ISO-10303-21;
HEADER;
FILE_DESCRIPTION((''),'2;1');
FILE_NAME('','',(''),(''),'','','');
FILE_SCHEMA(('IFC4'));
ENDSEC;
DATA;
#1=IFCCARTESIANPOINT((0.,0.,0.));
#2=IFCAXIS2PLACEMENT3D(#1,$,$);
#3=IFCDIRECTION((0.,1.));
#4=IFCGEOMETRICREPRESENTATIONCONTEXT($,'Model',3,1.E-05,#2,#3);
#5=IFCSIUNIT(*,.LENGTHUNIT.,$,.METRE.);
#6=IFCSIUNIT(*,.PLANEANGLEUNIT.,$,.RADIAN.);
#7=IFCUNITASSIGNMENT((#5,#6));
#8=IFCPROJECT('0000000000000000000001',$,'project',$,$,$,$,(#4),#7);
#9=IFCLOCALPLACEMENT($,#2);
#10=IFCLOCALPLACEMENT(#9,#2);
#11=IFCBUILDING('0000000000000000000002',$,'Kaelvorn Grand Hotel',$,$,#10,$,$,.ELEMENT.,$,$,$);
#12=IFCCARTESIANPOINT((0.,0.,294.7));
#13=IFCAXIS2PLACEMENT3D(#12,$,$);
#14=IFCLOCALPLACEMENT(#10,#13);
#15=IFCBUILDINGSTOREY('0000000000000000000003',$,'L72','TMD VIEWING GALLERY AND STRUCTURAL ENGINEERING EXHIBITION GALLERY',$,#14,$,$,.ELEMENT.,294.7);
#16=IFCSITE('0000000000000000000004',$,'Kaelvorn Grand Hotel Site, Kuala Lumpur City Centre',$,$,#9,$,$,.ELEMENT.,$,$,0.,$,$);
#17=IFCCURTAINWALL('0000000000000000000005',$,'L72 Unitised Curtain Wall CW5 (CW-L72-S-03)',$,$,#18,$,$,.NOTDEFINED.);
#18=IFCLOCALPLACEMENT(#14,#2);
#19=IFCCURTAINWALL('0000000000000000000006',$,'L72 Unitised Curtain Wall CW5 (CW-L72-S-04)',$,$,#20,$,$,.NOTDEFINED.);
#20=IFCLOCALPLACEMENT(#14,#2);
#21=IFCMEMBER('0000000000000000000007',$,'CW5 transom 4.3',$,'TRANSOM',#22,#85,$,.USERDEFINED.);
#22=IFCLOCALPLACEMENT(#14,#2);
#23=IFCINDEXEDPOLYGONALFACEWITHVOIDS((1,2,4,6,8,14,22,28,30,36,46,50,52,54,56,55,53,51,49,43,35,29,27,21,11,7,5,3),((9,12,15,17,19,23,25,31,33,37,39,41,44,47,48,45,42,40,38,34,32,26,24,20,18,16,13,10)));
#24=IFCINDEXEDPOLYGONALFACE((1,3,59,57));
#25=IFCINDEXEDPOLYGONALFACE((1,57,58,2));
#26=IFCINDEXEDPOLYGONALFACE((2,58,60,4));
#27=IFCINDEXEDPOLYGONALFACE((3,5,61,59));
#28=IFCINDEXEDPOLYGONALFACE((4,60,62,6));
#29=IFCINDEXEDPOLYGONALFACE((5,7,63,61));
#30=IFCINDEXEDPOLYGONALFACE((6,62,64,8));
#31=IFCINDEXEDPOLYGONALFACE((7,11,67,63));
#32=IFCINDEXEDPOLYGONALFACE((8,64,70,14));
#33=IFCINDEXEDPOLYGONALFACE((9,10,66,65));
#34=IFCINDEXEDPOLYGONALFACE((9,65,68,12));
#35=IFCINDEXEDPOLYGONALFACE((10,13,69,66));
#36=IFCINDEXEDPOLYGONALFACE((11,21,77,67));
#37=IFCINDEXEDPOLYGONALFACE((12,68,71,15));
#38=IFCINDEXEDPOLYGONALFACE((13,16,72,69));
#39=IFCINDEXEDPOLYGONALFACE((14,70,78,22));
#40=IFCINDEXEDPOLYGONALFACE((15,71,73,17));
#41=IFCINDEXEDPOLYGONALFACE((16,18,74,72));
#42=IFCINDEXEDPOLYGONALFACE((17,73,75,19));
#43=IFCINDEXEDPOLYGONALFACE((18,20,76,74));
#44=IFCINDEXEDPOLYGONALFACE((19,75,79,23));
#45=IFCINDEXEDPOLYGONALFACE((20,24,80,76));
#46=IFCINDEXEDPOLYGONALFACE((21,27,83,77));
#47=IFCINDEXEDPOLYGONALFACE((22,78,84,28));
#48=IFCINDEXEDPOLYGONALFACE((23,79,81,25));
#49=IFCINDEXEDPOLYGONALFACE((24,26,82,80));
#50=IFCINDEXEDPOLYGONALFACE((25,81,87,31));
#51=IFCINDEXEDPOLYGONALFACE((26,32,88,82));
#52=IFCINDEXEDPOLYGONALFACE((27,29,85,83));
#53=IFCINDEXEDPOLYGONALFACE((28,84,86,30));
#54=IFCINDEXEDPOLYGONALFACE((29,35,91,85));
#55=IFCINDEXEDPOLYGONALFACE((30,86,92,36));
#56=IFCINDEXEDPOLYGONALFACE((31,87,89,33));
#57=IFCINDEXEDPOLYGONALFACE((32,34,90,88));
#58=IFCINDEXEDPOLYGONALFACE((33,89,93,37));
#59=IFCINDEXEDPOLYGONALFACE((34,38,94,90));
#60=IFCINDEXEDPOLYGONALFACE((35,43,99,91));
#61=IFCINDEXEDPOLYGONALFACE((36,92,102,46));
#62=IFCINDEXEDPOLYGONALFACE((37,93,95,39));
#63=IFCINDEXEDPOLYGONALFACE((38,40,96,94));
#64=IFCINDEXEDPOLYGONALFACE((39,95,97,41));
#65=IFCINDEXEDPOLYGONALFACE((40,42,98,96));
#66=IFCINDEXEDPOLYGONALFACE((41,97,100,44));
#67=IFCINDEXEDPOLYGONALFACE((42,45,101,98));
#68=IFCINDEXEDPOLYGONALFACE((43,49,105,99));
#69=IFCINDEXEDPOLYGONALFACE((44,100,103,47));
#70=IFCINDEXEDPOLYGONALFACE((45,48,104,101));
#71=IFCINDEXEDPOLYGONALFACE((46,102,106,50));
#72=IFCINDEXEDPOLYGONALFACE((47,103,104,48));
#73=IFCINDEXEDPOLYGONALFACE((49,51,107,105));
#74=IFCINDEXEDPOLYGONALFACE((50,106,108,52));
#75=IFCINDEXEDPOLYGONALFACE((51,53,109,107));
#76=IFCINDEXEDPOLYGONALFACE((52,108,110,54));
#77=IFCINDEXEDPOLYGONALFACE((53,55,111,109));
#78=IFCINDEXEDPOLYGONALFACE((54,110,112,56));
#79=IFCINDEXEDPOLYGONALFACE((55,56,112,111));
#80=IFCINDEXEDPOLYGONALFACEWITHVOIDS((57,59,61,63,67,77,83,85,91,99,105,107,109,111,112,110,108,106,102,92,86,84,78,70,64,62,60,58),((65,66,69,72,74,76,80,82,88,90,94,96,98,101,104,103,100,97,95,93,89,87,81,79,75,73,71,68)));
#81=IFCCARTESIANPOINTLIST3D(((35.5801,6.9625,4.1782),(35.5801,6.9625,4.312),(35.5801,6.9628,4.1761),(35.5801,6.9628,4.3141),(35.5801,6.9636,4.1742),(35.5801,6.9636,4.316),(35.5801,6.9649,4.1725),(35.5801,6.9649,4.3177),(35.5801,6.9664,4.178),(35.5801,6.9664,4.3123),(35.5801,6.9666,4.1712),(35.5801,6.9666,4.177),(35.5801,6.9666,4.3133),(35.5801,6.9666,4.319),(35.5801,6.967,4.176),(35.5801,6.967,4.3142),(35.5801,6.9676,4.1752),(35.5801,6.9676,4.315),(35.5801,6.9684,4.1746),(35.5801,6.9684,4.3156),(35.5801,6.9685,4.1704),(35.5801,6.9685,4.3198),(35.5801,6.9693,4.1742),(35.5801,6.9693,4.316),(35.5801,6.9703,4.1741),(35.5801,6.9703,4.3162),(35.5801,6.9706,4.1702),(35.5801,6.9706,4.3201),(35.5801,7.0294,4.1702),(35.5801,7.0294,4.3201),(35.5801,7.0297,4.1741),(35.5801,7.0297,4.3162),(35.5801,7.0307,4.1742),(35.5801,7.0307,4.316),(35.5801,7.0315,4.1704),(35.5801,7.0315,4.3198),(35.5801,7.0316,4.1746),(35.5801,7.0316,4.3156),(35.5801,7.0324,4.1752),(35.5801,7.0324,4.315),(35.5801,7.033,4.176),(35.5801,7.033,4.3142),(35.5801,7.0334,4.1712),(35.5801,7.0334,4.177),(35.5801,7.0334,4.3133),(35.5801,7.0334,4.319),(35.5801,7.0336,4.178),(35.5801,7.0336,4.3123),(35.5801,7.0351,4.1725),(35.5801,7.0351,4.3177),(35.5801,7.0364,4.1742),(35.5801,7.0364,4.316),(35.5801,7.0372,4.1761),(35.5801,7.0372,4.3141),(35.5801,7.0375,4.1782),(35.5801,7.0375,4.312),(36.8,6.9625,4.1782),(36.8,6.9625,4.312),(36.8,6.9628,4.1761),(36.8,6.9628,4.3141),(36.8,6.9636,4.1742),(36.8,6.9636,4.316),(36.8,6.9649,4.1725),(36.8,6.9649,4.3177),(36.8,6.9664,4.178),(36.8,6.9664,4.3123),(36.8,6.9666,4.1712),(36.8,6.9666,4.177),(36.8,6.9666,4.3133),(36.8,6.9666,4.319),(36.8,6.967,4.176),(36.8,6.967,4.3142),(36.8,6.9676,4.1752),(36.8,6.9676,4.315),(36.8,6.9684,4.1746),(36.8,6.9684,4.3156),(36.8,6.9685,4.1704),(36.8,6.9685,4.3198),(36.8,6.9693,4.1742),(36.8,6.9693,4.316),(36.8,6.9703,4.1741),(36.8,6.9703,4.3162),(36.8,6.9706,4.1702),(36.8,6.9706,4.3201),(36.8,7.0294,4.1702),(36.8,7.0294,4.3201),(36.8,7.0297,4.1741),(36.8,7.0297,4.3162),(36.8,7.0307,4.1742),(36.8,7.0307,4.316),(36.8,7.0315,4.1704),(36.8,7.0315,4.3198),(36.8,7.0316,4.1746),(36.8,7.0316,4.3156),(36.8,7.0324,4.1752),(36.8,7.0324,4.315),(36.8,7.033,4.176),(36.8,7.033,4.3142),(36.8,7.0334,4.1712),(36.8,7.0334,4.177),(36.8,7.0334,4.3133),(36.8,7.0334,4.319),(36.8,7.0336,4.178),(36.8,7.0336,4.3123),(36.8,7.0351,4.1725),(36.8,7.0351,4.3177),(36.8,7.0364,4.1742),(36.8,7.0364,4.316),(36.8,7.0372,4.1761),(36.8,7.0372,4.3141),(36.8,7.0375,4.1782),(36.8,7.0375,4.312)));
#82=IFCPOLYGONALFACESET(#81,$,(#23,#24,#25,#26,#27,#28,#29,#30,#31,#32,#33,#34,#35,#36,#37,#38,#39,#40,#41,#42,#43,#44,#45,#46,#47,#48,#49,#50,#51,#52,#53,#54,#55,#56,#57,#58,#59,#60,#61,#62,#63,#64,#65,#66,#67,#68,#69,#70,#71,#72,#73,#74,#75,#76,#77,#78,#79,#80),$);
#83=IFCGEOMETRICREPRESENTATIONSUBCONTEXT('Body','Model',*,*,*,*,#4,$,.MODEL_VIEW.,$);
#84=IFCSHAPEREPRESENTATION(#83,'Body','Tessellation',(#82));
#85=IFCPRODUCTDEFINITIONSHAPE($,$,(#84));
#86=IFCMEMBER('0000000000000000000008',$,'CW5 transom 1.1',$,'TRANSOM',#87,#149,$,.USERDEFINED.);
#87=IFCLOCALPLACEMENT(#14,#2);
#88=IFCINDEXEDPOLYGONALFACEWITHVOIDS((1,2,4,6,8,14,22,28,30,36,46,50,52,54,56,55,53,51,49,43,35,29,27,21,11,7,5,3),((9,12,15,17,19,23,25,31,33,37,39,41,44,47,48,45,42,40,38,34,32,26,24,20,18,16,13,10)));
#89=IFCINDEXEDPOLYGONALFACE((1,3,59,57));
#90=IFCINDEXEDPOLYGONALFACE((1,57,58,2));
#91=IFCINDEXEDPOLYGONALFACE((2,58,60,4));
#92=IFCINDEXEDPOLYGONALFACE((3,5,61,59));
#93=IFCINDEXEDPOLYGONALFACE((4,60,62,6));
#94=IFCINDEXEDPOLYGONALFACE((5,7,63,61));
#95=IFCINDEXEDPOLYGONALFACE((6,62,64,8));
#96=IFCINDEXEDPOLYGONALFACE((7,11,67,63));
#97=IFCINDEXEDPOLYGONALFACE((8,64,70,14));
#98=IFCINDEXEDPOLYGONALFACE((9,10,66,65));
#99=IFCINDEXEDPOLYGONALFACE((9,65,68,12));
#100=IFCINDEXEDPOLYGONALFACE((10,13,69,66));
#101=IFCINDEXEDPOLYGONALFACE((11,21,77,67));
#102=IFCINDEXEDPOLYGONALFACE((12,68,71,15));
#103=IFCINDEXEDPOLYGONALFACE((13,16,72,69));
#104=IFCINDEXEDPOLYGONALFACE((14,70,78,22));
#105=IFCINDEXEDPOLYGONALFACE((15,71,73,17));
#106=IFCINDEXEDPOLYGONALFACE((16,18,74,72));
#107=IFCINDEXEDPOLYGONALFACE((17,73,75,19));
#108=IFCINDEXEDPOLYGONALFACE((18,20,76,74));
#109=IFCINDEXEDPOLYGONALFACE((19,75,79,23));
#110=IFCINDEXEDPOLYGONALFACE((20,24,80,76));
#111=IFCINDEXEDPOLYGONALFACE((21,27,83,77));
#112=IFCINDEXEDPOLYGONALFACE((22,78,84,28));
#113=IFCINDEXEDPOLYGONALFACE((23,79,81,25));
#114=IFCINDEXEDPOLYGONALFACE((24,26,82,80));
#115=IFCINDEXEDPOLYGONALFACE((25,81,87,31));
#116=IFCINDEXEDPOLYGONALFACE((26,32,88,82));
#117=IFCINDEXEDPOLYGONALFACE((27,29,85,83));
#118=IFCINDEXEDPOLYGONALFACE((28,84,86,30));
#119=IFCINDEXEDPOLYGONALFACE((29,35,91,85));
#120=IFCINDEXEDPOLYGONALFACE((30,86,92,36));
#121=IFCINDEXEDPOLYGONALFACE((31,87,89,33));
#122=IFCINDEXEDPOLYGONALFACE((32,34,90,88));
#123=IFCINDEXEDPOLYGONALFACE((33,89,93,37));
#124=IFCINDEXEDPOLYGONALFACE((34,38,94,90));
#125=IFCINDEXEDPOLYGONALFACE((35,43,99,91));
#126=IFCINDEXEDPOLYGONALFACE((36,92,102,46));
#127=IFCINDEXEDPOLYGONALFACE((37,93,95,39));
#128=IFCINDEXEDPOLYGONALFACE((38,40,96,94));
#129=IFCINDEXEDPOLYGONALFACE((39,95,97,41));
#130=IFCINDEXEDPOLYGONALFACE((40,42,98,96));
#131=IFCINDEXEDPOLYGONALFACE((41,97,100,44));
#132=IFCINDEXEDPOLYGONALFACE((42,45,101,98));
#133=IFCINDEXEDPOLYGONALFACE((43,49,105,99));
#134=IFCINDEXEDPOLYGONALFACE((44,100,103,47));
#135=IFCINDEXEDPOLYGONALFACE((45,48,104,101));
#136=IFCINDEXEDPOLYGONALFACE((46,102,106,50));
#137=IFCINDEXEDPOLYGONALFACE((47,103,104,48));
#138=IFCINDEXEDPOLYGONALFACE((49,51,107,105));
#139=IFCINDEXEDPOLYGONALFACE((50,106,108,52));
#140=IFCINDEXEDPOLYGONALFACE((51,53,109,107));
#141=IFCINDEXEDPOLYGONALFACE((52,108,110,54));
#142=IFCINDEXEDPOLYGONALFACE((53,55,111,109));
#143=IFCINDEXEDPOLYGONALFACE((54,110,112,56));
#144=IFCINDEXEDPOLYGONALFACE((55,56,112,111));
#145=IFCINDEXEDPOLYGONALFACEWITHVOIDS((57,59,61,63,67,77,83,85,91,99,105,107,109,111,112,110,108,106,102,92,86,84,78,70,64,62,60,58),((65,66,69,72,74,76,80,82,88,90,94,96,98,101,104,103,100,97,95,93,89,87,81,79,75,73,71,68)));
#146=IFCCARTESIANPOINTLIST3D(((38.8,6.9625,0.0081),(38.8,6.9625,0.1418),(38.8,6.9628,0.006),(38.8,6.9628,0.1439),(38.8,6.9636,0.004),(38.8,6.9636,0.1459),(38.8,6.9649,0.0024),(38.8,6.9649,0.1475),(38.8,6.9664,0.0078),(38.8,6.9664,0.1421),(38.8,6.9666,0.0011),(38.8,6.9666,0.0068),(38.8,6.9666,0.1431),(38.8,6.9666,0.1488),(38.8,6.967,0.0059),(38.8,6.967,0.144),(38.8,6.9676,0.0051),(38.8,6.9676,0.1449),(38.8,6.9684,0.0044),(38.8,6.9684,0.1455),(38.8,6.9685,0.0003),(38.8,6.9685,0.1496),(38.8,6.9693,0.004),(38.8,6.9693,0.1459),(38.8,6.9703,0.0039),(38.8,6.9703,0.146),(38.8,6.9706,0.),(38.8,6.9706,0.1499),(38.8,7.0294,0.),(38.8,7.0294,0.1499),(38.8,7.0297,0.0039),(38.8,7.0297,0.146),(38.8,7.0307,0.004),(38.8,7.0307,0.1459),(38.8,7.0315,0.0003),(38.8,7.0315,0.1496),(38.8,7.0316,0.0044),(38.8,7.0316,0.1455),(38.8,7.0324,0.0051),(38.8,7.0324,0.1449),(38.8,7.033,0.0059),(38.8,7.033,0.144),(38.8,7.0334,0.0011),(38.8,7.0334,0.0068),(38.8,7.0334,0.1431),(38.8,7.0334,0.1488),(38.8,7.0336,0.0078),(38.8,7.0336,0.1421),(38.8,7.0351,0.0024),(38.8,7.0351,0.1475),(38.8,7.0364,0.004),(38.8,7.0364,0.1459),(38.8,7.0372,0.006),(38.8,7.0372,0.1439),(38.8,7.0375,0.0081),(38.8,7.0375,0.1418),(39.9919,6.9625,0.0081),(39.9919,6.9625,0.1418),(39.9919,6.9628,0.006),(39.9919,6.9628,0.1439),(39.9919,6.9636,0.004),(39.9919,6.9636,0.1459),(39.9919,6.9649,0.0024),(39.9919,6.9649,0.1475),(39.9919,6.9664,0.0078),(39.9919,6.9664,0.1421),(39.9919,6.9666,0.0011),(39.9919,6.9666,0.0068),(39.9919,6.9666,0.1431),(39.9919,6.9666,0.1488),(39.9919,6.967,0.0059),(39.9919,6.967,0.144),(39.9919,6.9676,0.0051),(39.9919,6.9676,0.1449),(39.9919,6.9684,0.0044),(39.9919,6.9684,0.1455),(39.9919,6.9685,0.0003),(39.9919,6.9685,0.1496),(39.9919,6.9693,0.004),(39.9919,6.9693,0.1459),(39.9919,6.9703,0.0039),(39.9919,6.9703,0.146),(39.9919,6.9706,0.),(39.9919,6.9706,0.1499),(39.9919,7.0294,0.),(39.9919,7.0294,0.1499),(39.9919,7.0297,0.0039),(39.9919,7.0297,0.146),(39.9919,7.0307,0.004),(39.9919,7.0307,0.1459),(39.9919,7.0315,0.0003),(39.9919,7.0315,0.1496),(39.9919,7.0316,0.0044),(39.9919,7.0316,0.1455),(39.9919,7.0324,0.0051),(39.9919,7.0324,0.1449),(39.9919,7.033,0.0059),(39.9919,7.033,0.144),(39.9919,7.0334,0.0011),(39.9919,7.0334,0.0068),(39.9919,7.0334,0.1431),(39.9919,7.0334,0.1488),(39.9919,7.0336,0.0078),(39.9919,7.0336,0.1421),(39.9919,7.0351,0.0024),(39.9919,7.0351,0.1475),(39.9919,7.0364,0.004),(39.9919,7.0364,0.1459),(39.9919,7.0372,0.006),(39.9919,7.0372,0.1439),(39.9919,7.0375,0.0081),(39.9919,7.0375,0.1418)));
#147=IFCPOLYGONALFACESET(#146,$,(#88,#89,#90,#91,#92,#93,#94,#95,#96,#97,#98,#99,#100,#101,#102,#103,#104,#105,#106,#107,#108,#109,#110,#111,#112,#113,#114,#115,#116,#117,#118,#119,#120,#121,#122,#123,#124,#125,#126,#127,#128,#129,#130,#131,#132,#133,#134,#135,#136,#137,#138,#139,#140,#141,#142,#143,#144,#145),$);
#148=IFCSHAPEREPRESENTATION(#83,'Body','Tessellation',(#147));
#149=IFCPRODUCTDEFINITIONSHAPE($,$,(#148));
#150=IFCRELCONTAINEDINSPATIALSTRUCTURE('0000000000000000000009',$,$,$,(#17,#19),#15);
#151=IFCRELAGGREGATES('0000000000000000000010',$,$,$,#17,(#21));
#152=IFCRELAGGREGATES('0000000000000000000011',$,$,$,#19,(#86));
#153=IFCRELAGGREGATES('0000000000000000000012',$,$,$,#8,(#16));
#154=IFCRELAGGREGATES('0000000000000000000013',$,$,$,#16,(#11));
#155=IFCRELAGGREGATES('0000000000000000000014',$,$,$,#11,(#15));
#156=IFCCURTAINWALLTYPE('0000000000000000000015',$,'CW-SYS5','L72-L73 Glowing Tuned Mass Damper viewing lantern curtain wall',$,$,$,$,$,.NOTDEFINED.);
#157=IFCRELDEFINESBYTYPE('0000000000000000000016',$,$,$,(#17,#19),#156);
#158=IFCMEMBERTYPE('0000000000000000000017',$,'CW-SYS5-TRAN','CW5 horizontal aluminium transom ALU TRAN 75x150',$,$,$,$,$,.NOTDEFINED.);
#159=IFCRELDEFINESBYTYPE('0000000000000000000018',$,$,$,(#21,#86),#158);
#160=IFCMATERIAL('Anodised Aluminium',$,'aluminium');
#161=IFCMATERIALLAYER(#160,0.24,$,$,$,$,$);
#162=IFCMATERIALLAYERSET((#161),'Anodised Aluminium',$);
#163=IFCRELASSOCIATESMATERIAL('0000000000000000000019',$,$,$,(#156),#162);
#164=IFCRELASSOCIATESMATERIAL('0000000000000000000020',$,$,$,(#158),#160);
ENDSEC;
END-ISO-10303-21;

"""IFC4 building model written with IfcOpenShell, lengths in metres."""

from ifc_helpers import new_model, si_unit, direction, frame, origin, origin_2d, place, context, subcontext, project, spatial, hollow_rectangle, extrude, material, layer, layer_set, material_profile, profile_set, type_object, element, aggregate, save


model = new_model("IFC4")

# Units and contexts
model_context = context("Model", 3, precision=1e-05, world=origin(), true_north=direction((0.0, 1.0)))
body_context = subcontext(model_context, "Body", "Model", "MODEL_VIEW")
ifc_project = project(units=[si_unit("LENGTHUNIT", "METRE"), si_unit("PLANEANGLEUNIT", "RADIAN")], contexts=[model_context])

# Site, building, storey
site_placement = place(None, origin())
site = spatial("IfcSite", under=ifc_project, at=site_placement, Name="Kaelvorn Grand Hotel Site, Kuala Lumpur City Centre", CompositionType="ELEMENT", RefElevation=0.0)
building_placement = place(site_placement, origin())
building = spatial("IfcBuilding", under=site, at=building_placement, Name="Kaelvorn Grand Hotel", CompositionType="ELEMENT")
storey_placement = place(building_placement, frame((0.0, 0.0, 294.7)))
storey = spatial("IfcBuildingStorey", under=building, at=storey_placement, Name="L72", Description="TMD VIEWING GALLERY AND STRUCTURAL ENGINEERING EXHIBITION GALLERY", CompositionType="ELEMENT", Elevation=294.7)

# Curtain wall
ifc_material_1 = material(Name="Anodised Aluminium", Category="aluminium")
ifc_layer_1 = layer(ifc_material_1, 0.24)
ifc_layer_set_1 = layer_set([ifc_layer_1], Name="Anodised Aluminium")
curtain_wall_type = type_object("IfcCurtainWallType", Name="CW-SYS5", Description="L72-L73 Glowing Tuned Mass Damper viewing lantern curtain wall", PredefinedType="NOTDEFINED", material=ifc_layer_set_1)
curtain_wall_1_placement = place(storey_placement, origin())
curtain_wall_1 = element("IfcCurtainWall", 1, at=curtain_wall_1_placement, inside=storey, type_object=curtain_wall_type, Name="L72 Unitised Curtain Wall CW5 (CW-L72-S-03)", PredefinedType="NOTDEFINED")

# Curtain wall
curtain_wall_2_placement = place(storey_placement, origin())
curtain_wall_2 = element("IfcCurtainWall", 2, at=curtain_wall_2_placement, inside=storey, type_object=curtain_wall_type, Name="L72 Unitised Curtain Wall CW5 (CW-L72-S-04)", PredefinedType="NOTDEFINED")

# Members
ifc_material_profile_1 = material_profile(ifc_material_1, hollow_rectangle(XDim=0.075, YDim=0.1499, WallThickness=0.0039, InnerFilletRadius=0.0039, OuterFilletRadius=0.0081, at=origin_2d()), Name="ALU TRAN 75x150")
ifc_profile_set_1 = profile_set([ifc_material_profile_1], Name="Anodised Aluminium")
member_type_1 = type_object("IfcMemberType", Name="CW-SYS5-TRAN", Description="CW5 horizontal aluminium transom ALU TRAN 75x150", PredefinedType="NOTDEFINED", material=ifc_profile_set_1)
member_1_placement = place(storey_placement, frame((35.5801, 7.0, 4.2451), z_axis=(1.0, 0.0, 0.0), x_axis=(0.0, 1.0, 0.0)))
member_1 = element("IfcMember", 3, at=member_1_placement, type_object=member_type_1, Name="CW5 transom 4.3", ObjectType="TRANSOM", PredefinedType="USERDEFINED", context=body_context, shape_type="SweptSolid", body=[
    extrude(hollow_rectangle(XDim=0.075, YDim=0.1499, WallThickness=0.0039, InnerFilletRadius=0.0039, OuterFilletRadius=0.0081, at=origin_2d()), origin(), (0.0, 0.0, 1.0), 1.22),
])
member_2_placement = place(storey_placement, frame((38.8, 7.0, 0.075), z_axis=(1.0, 0.0, 0.0), x_axis=(0.0, 1.0, 0.0)))
member_2 = element("IfcMember", 4, at=member_2_placement, type_object=member_type_1, Name="CW5 transom 1.1", ObjectType="TRANSOM", PredefinedType="USERDEFINED", context=body_context, shape_type="SweptSolid", body=[
    extrude(hollow_rectangle(XDim=0.075, YDim=0.1499, WallThickness=0.0039, InnerFilletRadius=0.0039, OuterFilletRadius=0.0081, at=origin_2d()), origin(), (0.0, 0.0, 1.0), 1.1919),
])

aggregate(curtain_wall_1, [member_1])
aggregate(curtain_wall_2, [member_2])

save(model, "model.ifc")
